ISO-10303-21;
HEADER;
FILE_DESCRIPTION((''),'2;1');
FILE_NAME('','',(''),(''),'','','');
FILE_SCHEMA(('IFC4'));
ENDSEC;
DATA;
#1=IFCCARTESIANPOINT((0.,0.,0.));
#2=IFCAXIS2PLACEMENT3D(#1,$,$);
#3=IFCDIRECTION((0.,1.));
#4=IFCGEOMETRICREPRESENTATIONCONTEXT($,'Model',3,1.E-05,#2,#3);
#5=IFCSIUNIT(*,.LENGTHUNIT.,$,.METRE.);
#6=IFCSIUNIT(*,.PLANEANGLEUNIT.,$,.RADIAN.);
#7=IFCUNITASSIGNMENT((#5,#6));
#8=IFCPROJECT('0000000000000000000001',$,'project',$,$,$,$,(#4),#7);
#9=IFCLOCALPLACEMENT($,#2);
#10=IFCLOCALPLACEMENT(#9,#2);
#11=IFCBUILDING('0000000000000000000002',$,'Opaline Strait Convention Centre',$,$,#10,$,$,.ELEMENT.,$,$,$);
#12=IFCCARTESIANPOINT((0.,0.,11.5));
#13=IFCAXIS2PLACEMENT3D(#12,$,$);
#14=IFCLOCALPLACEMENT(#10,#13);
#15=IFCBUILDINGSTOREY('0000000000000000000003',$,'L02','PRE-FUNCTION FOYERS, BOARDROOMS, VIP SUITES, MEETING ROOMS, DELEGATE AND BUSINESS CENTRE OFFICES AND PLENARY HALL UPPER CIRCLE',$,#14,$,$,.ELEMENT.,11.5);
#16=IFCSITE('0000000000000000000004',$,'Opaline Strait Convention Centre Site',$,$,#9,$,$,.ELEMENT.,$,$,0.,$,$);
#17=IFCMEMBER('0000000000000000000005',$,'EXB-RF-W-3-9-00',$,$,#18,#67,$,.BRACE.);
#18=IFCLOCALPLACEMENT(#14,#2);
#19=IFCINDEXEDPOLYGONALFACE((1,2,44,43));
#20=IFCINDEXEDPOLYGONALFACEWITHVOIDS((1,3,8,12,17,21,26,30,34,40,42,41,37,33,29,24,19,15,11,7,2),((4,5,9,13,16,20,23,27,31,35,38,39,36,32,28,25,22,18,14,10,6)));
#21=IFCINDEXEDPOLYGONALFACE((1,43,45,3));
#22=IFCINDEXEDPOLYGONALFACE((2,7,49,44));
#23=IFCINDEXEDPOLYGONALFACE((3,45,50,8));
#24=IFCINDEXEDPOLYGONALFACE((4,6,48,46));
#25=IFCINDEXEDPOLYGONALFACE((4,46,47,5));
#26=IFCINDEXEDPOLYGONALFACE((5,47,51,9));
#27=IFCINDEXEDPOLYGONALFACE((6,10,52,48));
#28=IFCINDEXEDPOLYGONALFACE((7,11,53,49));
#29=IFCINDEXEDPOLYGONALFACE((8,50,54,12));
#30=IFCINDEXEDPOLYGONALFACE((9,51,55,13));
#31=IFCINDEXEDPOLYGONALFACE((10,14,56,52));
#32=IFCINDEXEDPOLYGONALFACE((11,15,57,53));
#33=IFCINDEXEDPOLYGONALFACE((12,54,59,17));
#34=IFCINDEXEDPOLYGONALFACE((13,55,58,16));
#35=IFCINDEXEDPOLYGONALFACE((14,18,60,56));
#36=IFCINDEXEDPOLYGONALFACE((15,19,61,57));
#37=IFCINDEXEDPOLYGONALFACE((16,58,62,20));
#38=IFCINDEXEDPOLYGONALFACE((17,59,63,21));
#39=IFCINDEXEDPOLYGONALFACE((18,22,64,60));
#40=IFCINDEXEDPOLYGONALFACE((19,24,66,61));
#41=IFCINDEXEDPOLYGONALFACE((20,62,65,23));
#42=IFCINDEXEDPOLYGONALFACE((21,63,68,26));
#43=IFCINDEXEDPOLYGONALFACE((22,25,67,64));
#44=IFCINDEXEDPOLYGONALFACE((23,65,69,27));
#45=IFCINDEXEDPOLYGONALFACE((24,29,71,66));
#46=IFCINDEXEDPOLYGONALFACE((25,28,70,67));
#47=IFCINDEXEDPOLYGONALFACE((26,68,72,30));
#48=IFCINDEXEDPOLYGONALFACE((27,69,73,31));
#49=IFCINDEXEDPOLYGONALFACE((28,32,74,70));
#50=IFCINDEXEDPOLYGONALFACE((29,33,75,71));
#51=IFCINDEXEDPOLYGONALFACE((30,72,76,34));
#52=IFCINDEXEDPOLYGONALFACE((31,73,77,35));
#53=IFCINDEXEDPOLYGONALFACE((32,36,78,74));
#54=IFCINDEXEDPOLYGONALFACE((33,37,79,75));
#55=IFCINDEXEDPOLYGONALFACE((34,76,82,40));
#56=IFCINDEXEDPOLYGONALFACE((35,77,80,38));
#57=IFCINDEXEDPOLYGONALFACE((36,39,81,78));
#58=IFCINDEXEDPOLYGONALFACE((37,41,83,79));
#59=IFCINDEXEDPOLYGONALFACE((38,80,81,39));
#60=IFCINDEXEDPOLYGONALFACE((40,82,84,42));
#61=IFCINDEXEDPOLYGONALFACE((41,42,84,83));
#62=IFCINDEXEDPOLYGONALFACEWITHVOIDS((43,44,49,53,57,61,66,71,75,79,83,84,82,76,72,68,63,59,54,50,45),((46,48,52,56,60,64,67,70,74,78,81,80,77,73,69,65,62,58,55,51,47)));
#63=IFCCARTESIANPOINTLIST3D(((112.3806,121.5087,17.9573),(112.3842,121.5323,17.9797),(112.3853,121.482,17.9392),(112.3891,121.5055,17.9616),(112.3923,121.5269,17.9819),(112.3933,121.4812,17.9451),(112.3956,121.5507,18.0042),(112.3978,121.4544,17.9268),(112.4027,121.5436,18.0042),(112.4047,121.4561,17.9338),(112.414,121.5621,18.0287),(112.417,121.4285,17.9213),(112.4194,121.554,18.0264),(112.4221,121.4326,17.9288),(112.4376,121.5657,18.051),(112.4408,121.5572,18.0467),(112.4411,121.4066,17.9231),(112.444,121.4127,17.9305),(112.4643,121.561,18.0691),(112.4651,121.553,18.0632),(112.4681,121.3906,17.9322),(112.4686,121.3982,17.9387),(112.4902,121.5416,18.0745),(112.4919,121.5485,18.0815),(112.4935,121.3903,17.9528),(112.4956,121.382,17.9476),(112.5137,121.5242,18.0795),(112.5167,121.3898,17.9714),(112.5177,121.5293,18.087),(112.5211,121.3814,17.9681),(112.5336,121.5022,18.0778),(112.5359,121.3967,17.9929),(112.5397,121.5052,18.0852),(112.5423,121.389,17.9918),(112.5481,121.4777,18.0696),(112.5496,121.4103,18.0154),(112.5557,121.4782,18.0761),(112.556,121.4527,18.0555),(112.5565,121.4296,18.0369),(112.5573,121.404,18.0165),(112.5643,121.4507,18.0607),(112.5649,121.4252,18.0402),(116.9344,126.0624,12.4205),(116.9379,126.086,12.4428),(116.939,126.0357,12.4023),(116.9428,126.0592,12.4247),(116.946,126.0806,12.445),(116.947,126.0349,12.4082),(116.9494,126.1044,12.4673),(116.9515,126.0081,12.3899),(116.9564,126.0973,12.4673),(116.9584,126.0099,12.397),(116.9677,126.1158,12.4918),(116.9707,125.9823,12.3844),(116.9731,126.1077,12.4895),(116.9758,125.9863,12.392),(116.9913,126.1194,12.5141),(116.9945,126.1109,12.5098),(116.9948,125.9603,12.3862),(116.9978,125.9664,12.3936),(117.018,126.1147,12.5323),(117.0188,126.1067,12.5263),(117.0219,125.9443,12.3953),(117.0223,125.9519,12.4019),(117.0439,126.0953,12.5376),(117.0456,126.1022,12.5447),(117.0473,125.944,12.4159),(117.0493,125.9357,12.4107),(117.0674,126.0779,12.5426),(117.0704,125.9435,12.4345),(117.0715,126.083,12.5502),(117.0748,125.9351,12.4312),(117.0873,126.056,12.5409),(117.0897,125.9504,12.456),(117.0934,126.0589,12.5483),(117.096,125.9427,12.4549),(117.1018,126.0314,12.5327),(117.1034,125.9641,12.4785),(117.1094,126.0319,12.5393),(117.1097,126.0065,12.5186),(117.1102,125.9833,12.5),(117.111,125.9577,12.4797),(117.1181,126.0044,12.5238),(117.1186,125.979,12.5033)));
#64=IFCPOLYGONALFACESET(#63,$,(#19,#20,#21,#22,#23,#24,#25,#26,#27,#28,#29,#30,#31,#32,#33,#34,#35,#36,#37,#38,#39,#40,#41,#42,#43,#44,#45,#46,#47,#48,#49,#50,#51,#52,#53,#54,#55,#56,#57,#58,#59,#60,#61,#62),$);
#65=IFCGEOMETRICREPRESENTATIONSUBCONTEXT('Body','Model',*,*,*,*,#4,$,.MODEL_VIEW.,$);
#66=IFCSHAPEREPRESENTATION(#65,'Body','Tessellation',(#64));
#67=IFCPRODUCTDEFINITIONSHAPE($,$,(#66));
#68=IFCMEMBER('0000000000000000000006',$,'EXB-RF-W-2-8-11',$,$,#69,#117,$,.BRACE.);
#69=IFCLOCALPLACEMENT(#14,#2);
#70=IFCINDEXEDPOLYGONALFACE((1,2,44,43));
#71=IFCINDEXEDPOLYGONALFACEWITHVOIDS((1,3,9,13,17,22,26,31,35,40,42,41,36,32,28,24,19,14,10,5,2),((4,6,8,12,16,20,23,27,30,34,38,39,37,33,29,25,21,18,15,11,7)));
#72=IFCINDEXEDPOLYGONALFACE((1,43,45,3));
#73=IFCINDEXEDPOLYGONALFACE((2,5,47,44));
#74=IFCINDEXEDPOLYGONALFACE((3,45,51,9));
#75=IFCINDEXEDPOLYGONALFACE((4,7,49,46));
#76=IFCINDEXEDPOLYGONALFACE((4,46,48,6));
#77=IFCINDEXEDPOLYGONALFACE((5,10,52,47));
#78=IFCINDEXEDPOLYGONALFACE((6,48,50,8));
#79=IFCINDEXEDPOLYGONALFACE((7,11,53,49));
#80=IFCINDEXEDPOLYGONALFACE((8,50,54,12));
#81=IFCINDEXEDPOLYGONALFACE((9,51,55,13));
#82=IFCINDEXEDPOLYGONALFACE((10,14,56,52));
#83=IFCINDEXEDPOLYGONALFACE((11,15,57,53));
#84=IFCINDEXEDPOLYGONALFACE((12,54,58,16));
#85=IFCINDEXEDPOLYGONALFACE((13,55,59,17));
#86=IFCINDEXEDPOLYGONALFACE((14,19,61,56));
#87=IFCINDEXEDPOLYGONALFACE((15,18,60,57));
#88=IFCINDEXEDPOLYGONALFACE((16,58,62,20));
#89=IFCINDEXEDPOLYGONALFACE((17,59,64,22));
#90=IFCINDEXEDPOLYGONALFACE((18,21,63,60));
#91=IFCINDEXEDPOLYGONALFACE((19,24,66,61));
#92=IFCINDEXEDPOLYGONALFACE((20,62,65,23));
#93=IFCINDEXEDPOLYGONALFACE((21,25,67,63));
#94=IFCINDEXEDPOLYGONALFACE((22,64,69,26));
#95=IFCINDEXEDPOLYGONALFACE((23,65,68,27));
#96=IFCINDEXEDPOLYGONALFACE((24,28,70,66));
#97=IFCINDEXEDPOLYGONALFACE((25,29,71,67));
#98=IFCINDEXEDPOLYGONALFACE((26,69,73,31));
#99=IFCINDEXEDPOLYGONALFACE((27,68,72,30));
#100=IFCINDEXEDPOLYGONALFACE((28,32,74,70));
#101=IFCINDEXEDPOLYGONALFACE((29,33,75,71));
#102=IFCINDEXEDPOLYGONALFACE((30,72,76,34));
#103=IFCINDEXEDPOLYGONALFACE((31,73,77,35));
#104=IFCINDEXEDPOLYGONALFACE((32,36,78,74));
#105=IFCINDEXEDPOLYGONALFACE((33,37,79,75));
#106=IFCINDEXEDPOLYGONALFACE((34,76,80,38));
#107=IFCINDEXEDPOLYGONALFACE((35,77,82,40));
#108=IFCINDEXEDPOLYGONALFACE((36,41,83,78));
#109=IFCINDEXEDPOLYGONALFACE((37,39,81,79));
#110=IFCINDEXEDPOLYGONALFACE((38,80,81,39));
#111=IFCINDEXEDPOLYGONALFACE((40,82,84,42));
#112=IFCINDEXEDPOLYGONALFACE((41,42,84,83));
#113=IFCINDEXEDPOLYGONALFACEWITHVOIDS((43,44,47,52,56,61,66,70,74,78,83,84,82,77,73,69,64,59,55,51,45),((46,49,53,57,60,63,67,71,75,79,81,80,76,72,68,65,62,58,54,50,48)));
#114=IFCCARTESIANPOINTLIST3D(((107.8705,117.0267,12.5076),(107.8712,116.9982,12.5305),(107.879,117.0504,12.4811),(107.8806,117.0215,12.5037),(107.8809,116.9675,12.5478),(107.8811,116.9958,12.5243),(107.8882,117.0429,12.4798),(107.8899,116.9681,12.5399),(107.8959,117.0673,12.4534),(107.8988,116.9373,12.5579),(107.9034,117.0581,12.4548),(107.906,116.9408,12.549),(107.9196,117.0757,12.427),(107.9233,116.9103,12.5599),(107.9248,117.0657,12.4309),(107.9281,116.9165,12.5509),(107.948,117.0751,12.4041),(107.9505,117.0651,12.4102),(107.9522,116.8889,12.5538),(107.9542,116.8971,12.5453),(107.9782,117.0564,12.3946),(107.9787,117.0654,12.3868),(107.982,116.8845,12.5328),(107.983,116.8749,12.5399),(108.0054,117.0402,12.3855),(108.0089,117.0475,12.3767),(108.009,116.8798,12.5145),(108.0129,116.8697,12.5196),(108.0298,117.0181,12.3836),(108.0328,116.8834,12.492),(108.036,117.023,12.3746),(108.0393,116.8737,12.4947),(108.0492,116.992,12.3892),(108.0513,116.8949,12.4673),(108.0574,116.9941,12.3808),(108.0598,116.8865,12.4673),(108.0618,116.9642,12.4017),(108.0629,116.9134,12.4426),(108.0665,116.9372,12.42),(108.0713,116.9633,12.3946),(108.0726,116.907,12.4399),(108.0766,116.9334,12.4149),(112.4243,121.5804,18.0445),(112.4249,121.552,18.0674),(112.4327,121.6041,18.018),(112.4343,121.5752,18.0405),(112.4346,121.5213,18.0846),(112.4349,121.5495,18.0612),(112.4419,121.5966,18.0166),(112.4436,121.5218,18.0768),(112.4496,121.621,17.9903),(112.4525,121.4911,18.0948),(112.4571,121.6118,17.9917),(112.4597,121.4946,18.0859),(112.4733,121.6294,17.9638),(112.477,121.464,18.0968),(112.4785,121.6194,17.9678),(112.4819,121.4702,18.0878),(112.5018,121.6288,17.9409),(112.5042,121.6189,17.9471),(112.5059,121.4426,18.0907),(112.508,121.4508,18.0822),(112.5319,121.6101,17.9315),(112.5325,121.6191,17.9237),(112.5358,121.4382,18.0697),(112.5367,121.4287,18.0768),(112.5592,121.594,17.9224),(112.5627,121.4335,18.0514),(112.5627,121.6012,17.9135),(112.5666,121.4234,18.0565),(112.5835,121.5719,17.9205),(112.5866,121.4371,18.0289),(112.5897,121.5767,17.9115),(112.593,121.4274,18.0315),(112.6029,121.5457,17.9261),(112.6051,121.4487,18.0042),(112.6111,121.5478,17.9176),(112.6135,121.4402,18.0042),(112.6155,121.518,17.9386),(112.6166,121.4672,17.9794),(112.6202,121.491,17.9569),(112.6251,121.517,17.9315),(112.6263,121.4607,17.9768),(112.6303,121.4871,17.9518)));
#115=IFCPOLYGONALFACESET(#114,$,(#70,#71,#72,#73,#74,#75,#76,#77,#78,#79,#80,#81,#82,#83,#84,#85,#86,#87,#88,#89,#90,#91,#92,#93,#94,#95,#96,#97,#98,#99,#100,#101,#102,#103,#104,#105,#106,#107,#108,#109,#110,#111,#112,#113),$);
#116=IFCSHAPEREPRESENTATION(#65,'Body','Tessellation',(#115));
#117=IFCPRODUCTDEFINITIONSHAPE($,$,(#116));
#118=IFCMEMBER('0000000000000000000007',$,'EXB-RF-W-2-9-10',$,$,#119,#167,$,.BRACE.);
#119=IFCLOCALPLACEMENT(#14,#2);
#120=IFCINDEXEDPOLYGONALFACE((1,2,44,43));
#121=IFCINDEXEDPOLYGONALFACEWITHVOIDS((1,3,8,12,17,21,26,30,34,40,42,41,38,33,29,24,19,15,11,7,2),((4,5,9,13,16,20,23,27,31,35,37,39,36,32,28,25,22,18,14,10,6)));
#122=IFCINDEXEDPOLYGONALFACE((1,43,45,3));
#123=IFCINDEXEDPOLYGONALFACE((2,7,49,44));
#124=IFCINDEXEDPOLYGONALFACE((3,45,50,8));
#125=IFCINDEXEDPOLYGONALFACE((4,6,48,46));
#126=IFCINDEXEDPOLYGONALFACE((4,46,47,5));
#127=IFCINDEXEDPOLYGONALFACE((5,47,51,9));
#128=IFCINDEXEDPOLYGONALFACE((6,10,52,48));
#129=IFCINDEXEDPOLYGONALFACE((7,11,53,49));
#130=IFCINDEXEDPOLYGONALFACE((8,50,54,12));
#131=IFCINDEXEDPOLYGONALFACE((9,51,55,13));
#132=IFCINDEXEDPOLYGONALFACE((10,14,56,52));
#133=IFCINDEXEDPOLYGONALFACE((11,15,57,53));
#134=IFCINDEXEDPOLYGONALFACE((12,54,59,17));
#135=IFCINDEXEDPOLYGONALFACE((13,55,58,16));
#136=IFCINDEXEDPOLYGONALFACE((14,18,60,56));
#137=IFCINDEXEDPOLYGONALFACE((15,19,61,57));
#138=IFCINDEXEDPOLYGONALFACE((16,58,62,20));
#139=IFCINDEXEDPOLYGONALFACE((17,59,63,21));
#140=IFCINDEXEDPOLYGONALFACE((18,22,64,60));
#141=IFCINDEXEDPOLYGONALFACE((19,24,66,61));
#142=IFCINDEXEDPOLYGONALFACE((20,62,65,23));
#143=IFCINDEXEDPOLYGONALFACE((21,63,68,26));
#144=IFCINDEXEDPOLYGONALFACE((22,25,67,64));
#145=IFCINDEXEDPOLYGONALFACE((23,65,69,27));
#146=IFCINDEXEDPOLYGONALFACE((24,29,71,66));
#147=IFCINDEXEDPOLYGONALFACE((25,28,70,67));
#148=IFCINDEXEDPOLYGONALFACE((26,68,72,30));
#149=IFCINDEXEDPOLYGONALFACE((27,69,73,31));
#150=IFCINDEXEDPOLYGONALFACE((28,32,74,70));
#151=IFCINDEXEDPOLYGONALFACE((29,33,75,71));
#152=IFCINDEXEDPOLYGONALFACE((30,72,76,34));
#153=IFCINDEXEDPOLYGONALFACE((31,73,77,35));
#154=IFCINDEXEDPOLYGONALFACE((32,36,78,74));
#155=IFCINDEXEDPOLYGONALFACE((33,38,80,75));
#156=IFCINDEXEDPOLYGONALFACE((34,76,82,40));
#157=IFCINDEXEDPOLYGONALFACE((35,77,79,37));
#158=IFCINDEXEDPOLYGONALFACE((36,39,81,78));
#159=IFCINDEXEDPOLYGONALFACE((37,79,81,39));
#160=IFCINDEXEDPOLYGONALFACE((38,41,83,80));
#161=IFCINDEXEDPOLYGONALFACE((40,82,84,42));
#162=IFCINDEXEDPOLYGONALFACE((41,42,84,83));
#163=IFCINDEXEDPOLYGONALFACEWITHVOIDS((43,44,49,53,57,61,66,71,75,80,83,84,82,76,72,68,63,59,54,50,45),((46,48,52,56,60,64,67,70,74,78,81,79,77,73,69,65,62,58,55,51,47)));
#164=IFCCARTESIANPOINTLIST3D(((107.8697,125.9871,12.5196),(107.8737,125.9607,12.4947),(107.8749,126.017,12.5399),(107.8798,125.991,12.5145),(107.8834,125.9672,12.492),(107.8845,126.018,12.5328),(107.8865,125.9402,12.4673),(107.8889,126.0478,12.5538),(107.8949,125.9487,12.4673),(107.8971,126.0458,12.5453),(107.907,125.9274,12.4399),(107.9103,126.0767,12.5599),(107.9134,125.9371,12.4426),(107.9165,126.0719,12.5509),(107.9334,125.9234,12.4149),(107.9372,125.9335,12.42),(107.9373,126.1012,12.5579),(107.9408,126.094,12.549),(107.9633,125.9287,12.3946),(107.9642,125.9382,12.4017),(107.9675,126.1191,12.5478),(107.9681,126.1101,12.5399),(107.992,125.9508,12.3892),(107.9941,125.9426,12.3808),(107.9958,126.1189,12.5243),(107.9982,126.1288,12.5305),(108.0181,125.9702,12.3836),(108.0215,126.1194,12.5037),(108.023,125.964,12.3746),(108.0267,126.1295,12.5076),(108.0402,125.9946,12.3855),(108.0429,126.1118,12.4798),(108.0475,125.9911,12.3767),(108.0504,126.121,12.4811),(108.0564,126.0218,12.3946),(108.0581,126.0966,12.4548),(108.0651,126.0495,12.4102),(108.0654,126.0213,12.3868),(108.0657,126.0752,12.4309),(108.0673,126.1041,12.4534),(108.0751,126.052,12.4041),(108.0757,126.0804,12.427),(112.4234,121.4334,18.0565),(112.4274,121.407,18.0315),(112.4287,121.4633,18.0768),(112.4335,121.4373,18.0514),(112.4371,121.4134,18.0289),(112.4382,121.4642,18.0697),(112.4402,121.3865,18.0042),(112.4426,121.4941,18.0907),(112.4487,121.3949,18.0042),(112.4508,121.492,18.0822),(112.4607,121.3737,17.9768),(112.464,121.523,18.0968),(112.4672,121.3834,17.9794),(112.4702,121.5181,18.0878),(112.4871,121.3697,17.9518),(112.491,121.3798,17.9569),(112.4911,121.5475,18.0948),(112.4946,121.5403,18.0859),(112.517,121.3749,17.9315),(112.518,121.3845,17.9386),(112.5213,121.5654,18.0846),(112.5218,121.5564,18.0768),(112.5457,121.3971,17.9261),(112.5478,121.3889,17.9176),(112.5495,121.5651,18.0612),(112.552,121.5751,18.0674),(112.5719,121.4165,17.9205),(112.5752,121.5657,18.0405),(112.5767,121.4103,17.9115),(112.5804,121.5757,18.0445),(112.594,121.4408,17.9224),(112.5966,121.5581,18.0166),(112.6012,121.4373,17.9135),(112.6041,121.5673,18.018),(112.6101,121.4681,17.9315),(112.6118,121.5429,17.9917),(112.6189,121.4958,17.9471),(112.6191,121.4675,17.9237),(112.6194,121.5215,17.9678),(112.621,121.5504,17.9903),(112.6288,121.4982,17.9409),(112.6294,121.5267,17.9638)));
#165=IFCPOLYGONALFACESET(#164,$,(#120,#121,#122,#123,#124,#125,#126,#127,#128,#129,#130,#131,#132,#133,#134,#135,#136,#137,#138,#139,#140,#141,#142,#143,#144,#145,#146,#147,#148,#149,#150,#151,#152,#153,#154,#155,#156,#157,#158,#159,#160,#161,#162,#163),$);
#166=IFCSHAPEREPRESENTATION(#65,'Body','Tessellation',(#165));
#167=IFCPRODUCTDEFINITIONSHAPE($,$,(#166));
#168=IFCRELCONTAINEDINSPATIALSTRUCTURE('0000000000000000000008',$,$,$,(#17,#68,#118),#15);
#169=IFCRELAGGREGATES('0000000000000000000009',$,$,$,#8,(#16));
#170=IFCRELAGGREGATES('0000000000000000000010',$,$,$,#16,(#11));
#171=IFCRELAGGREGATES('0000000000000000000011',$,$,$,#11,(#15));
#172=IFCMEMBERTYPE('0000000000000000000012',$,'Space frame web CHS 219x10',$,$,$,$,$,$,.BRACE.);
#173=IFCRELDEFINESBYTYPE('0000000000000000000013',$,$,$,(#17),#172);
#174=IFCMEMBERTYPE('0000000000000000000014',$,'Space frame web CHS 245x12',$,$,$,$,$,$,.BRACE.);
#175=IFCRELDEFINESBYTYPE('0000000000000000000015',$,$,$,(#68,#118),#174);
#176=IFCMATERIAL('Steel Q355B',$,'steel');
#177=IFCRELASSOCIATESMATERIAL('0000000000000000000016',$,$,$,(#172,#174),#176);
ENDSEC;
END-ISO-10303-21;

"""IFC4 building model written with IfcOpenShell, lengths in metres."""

from ifc_helpers import new_model, si_unit, direction, frame, origin, origin_2d, place, context, subcontext, project, spatial, hollow_circle, extrude, material, material_profile, profile_set, type_object, element, save


model = new_model("IFC4")

# Units and contexts
model_context = context("Model", 3, precision=1e-05, world=origin(), true_north=direction((0.0, 1.0)))
body_context = subcontext(model_context, "Body", "Model", "MODEL_VIEW")
ifc_project = project(units=[si_unit("LENGTHUNIT", "METRE"), si_unit("PLANEANGLEUNIT", "RADIAN")], contexts=[model_context])

# Site, building, storey
site_placement = place(None, origin())
site = spatial("IfcSite", under=ifc_project, at=site_placement, Name="Opaline Strait Convention Centre Site", CompositionType="ELEMENT", RefElevation=0.0)
building_placement = place(site_placement, origin())
building = spatial("IfcBuilding", under=site, at=building_placement, Name="Opaline Strait Convention Centre", CompositionType="ELEMENT")
storey_placement = place(building_placement, frame((0.0, 0.0, 11.5)))
storey = spatial("IfcBuildingStorey", under=building, at=storey_placement, Name="L02", Description="PRE-FUNCTION FOYERS, BOARDROOMS, VIP SUITES, MEETING ROOMS, DELEGATE AND BUSINESS CENTRE OFFICES AND PLENARY HALL UPPER CIRCLE", CompositionType="ELEMENT", Elevation=11.5)

# Members
ifc_material = material(Name="Steel Q355B", Category="steel")
ifc_material_profile_1 = material_profile(ifc_material, hollow_circle(Radius=0.1096, WallThickness=0.01, at=origin_2d()), Name="CHS 219x10")
ifc_profile_set_1 = profile_set([ifc_material_profile_1], Name="Steel Q355B")
member_type_1 = type_object("IfcMemberType", Name="Space frame web CHS 219x10", PredefinedType="BRACE", material=ifc_profile_set_1)
for number, where, z_axis, x_axis, name in (
    (1, (112.4731, 121.4731, 18.0042), (0.536178, 0.536178, -0.65194), (-0.707107, 0.707107, 0.0), "EXB-RF-W-3-9-00"),
):
    element("IfcMember", number, at=place(storey_placement, frame(where, z_axis=z_axis, x_axis=x_axis)), inside=storey, type_object=member_type_1, Name=name, PredefinedType="BRACE", context=body_context, shape_type="SweptSolid", body=[
        extrude(hollow_circle(Radius=0.1096, WallThickness=0.01, at=origin_2d()), origin(), (0.0, 0.0, 1.0), 8.4929),
    ])
ifc_material_profile_2 = material_profile(ifc_material, hollow_circle(Radius=0.1226, WallThickness=0.012, at=origin_2d()), Name="CHS 245x12")
ifc_profile_set_2 = profile_set([ifc_material_profile_2], Name="Steel Q355B")
member_type_2 = type_object("IfcMemberType", Name="Space frame web CHS 245x12", PredefinedType="BRACE", material=ifc_profile_set_2)
for number, where, z_axis, x_axis, name in (
    (2, (112.5269, 121.5269, 18.0042), (-0.536178, -0.536178, -0.65194), (0.707107, -0.707107, 0.0), "EXB-RF-W-2-8-11"),
    (3, (112.5269, 121.4731, 18.0042), (-0.536178, 0.536178, -0.65194), (-0.707107, -0.707107, 0.0), "EXB-RF-W-2-9-10"),
):
    element("IfcMember", number, at=place(storey_placement, frame(where, z_axis=z_axis, x_axis=x_axis)), inside=storey, type_object=member_type_2, Name=name, PredefinedType="BRACE", context=body_context, shape_type="SweptSolid", body=[
        extrude(hollow_circle(Radius=0.1226, WallThickness=0.012, at=origin_2d()), origin(), (0.0, 0.0, 1.0), 8.4929),
    ])

save(model, "model.ifc")
